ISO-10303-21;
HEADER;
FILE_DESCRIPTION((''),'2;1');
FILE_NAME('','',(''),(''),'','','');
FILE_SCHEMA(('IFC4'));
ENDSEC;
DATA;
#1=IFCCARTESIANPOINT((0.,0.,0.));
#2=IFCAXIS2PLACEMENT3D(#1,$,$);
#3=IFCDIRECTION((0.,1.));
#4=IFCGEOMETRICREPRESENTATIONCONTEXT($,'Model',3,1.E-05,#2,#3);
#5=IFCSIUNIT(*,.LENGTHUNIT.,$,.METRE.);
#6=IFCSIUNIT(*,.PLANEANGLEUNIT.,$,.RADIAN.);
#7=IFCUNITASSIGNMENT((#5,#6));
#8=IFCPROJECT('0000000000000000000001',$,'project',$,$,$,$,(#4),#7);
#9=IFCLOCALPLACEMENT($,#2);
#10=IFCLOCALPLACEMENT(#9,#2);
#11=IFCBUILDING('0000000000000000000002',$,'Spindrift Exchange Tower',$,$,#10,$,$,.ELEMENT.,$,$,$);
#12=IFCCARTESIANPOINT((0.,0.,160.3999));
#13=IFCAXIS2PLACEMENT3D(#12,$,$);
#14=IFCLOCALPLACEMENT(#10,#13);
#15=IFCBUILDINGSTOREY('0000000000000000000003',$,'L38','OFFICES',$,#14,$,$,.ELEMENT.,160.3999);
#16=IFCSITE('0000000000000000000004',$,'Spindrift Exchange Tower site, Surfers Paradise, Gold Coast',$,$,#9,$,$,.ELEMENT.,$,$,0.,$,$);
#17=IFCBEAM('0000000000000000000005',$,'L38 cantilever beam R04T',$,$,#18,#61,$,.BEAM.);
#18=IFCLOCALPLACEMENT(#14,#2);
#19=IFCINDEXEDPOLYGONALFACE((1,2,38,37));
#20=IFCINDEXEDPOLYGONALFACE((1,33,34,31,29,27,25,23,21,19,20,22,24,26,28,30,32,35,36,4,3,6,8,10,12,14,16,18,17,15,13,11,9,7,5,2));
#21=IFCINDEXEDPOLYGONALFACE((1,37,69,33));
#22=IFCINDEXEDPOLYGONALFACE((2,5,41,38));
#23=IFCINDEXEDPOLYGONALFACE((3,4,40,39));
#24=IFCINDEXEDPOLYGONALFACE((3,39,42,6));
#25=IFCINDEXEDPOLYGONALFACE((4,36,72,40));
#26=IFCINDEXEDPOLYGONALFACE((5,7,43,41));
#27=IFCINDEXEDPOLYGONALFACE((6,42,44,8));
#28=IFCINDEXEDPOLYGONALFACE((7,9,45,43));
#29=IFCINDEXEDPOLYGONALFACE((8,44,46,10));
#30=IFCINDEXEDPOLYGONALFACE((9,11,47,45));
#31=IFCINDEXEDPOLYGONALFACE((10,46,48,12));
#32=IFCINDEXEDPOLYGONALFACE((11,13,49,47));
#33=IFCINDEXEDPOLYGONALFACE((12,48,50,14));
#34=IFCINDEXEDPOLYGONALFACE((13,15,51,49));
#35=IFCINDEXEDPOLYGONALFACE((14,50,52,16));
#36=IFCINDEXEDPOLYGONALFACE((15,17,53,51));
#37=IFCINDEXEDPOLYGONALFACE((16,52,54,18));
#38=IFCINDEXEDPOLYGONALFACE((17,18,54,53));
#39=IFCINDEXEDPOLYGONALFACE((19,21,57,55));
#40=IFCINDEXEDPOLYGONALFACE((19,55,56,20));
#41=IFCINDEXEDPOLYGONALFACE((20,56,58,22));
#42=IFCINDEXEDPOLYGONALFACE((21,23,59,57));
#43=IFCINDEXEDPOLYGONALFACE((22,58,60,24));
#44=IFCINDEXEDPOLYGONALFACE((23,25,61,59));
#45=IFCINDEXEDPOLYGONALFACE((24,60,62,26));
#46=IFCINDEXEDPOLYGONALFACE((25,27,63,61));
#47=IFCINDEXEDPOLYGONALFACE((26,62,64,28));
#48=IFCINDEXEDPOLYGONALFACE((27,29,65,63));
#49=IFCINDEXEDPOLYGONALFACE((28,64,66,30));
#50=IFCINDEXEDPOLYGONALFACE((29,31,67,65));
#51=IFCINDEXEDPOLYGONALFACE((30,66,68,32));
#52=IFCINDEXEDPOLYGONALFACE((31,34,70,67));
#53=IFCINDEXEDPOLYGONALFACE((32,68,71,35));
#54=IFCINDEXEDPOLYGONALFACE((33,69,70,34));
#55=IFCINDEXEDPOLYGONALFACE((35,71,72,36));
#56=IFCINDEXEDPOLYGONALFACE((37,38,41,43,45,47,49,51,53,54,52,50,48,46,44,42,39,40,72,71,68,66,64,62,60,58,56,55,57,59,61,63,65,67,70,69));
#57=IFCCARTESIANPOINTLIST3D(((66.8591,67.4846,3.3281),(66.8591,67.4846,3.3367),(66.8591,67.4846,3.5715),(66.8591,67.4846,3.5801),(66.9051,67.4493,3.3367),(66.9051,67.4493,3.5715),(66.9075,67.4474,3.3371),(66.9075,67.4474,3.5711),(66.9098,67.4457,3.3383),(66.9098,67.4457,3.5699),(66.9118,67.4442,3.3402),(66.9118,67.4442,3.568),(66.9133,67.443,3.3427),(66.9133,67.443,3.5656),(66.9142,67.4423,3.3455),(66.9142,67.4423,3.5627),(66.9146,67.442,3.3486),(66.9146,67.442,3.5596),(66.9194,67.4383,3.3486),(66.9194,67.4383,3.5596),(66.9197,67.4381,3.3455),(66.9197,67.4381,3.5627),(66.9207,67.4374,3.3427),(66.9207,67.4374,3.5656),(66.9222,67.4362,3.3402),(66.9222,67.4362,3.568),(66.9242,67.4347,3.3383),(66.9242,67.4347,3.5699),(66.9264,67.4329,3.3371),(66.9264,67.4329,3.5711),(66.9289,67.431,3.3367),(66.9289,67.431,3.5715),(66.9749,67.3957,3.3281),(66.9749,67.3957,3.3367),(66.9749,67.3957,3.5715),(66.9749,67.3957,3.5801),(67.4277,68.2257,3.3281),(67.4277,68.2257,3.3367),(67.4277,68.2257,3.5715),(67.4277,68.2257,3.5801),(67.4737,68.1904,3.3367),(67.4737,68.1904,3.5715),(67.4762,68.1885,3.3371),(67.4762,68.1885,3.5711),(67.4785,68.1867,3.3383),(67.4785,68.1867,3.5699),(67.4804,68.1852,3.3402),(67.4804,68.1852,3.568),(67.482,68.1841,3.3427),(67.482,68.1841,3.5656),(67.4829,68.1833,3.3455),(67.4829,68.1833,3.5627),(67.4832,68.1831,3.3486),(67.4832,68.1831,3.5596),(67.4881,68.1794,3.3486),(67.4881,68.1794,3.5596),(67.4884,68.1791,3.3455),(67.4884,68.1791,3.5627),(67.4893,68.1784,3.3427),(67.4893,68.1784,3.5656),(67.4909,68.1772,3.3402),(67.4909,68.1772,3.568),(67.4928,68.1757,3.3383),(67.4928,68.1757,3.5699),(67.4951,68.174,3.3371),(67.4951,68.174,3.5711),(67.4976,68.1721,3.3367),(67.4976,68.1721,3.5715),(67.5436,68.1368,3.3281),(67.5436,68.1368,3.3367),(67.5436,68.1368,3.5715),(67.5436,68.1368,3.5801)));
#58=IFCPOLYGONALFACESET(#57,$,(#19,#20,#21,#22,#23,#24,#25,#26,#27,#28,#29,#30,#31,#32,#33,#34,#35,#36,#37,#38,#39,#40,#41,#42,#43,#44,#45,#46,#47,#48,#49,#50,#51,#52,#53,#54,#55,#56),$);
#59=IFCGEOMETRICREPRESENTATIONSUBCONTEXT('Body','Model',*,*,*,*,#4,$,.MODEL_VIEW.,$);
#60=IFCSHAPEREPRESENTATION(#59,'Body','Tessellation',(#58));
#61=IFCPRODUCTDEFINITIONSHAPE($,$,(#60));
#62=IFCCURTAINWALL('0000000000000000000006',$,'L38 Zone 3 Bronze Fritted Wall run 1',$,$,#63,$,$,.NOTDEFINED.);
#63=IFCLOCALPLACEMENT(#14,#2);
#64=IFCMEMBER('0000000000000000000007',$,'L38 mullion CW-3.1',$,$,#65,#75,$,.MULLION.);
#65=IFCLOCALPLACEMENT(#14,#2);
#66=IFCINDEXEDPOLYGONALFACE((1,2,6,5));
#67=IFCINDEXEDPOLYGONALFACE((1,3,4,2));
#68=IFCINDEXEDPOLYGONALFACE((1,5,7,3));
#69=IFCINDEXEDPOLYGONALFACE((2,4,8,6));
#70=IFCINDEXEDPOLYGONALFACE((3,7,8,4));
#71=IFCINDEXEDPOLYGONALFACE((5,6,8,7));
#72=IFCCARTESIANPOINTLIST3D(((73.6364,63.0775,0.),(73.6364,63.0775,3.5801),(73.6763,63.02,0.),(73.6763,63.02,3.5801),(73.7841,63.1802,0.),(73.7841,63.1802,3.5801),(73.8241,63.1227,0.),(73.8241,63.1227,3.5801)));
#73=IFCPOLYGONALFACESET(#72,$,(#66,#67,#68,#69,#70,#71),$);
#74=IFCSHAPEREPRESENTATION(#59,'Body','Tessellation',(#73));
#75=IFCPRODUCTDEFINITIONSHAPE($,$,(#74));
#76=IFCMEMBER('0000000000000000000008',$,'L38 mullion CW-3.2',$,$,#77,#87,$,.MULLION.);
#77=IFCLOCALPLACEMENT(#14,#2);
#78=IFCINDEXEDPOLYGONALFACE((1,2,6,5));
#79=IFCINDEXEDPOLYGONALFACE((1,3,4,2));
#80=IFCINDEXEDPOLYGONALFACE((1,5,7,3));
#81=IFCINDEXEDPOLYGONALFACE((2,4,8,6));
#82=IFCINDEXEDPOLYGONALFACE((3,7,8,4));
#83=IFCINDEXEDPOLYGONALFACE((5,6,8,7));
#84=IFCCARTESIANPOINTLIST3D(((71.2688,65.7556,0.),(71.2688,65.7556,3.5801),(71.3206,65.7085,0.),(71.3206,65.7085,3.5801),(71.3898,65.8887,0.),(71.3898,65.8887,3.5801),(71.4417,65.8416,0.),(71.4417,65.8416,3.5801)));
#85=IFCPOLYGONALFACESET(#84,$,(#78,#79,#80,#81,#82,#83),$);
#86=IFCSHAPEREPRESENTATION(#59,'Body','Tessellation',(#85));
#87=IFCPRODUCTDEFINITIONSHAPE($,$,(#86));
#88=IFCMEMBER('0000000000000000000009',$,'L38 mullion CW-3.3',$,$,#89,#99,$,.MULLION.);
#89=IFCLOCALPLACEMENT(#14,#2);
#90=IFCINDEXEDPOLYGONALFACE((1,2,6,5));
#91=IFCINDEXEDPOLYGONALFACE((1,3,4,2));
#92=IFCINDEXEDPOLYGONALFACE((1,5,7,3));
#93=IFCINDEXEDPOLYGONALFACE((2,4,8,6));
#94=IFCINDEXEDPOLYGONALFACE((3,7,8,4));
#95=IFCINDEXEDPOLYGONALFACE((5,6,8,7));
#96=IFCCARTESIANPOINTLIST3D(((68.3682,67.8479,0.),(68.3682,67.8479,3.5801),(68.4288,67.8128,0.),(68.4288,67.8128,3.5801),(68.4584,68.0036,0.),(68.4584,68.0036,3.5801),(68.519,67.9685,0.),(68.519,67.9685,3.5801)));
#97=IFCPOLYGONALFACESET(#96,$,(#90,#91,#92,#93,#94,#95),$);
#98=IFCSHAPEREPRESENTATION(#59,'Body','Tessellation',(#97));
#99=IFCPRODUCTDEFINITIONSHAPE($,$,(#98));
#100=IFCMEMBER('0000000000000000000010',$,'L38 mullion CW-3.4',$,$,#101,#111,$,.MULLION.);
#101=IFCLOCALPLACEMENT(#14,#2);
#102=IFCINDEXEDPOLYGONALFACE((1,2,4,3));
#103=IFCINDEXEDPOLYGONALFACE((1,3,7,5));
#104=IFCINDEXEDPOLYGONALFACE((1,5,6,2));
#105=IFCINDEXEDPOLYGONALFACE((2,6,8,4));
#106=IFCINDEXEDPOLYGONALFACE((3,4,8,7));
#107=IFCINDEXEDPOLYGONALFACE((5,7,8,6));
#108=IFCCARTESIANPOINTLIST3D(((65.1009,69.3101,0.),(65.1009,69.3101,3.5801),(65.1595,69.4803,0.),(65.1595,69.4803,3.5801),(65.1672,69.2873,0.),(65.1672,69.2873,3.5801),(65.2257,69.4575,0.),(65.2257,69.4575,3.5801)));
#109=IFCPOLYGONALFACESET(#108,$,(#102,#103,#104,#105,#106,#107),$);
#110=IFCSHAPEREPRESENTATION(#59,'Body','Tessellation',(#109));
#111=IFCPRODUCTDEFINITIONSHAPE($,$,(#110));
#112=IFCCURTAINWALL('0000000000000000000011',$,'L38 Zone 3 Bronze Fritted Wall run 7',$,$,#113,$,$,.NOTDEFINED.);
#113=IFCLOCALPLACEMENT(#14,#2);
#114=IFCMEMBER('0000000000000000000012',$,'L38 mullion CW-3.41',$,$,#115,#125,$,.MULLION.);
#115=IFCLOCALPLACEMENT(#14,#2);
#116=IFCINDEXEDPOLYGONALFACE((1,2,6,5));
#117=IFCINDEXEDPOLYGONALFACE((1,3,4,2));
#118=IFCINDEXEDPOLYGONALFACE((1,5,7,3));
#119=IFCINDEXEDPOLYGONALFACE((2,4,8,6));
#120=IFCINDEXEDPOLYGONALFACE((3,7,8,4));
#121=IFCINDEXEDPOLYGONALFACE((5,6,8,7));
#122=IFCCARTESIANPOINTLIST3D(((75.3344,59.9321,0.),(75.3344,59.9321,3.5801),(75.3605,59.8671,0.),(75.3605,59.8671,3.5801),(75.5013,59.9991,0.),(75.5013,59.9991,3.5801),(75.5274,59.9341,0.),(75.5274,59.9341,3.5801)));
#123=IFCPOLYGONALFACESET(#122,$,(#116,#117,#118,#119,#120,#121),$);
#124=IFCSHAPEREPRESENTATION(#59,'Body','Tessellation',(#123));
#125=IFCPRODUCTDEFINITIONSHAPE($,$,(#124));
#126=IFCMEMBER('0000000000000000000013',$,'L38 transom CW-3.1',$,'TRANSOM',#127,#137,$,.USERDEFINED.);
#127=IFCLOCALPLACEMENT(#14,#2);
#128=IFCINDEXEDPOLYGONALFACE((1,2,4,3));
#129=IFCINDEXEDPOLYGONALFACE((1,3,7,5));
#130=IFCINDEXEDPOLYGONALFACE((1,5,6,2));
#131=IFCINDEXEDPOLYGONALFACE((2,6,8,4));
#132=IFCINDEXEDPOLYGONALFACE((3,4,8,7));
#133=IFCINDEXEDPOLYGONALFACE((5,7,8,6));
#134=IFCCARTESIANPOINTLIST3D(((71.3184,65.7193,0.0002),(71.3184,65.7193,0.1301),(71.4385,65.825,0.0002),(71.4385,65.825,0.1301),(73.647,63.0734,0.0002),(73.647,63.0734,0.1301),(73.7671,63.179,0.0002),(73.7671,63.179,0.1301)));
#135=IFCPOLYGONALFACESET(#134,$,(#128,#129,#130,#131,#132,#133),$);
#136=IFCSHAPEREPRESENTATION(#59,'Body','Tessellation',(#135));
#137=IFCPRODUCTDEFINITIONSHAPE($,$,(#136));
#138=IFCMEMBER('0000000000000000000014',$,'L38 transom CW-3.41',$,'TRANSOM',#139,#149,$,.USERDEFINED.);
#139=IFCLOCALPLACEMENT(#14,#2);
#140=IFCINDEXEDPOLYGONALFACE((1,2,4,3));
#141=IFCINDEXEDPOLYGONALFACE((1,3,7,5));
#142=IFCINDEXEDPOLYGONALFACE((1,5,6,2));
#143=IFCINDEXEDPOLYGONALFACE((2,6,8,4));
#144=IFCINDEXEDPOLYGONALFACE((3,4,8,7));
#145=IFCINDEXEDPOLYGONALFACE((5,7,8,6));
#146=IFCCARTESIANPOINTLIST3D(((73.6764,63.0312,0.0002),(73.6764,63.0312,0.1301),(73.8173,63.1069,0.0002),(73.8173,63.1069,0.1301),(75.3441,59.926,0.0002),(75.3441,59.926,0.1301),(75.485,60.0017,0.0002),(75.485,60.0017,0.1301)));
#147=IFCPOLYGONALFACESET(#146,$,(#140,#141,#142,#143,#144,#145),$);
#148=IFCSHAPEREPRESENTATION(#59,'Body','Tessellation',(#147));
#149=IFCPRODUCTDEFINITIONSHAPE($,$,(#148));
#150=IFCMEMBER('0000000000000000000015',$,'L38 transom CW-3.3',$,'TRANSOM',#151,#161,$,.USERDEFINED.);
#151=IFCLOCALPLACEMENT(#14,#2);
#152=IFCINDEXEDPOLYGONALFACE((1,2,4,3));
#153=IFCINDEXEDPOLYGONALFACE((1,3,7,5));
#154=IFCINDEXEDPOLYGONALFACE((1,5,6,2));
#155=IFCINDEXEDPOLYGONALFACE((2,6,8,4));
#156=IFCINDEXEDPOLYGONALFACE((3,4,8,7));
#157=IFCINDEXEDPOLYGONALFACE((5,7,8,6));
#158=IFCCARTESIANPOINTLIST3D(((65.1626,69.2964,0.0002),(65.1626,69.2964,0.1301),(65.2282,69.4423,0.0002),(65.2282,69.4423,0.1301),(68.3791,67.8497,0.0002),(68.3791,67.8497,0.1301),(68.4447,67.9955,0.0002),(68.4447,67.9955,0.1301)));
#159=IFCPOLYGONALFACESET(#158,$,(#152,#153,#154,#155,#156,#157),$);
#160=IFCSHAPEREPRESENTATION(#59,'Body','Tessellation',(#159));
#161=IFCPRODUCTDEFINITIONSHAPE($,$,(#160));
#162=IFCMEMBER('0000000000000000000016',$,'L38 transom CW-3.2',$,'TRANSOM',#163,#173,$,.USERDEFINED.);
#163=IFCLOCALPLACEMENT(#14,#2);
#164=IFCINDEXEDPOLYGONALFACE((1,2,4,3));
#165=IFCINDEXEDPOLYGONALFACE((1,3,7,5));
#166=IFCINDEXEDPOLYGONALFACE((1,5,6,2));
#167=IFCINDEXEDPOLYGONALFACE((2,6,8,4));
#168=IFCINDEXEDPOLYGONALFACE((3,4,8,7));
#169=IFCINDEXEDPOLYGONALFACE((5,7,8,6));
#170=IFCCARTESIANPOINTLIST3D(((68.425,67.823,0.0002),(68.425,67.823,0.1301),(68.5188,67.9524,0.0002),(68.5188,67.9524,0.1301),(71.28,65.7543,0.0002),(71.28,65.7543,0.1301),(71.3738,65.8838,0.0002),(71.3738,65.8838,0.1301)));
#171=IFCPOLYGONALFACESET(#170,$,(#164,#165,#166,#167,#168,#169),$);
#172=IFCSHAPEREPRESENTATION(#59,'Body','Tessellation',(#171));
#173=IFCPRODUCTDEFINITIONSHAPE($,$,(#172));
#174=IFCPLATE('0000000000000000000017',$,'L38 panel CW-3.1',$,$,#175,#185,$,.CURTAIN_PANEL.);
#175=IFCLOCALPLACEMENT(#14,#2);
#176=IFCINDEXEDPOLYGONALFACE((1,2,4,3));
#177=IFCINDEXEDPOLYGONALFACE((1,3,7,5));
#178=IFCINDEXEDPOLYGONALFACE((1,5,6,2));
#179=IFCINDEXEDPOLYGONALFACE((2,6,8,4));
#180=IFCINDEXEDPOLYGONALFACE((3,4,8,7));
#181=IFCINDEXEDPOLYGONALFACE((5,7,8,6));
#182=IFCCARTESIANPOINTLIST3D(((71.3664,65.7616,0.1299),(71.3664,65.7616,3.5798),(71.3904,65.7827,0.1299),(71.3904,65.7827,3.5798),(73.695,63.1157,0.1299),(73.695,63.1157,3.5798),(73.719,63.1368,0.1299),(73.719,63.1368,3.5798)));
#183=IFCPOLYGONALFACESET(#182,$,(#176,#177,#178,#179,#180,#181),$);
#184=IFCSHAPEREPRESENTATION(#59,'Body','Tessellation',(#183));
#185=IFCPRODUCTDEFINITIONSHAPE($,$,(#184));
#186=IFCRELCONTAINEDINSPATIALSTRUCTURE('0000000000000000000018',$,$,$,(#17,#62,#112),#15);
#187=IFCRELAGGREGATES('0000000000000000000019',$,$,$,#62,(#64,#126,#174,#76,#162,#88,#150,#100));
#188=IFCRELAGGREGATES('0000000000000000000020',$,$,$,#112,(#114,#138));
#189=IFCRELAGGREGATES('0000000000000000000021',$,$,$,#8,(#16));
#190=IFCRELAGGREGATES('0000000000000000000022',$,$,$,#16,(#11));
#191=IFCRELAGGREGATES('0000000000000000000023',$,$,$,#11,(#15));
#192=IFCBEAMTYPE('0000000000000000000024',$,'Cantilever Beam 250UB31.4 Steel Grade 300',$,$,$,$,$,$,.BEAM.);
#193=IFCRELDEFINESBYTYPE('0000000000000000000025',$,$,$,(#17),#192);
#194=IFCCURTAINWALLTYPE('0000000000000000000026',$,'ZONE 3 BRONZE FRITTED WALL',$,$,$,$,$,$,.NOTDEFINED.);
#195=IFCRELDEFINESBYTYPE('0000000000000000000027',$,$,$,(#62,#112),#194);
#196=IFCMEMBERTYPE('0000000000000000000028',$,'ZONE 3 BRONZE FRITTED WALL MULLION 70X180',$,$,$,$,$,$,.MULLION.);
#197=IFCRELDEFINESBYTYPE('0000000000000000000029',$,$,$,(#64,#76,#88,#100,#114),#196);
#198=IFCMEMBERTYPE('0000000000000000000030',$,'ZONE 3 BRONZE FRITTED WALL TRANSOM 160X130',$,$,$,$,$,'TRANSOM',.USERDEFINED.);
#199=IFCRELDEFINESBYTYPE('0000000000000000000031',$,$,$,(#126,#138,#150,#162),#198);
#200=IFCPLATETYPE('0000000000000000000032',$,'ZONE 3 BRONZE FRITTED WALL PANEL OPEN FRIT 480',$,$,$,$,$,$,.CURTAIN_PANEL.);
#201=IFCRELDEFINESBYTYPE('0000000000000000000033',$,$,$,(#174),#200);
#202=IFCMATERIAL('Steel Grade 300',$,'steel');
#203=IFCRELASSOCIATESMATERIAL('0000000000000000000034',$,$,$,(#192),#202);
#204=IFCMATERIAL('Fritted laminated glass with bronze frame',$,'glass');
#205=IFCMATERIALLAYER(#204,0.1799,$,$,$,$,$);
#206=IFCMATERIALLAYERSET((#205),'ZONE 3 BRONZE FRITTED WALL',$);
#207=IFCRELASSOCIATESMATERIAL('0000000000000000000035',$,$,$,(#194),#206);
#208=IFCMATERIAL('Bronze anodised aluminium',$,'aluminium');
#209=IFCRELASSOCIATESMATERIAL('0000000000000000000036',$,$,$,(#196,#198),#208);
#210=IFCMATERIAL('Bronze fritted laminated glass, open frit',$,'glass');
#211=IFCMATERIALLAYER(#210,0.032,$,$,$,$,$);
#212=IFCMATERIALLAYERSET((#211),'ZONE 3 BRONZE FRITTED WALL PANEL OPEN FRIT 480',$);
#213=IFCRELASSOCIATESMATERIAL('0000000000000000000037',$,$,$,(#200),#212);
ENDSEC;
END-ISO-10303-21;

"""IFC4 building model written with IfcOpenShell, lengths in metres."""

from ifc_helpers import new_model, si_unit, direction, frame, origin, origin_2d, place, context, subcontext, project, spatial, rectangle, i_section, extrude, source, transform, mapped, material, layer, layer_set, material_profile, profile_set, type_object, element, aggregate, save


model = new_model("IFC4")

# Units and contexts
model_context = context("Model", 3, precision=1e-05, world=origin(), true_north=direction((0.0, 1.0)))
body_context = subcontext(model_context, "Body", "Model", "MODEL_VIEW")
ifc_project = project(units=[si_unit("LENGTHUNIT", "METRE"), si_unit("PLANEANGLEUNIT", "RADIAN")], contexts=[model_context])

# Site, building, storey
site_placement = place(None, origin())
site = spatial("IfcSite", under=ifc_project, at=site_placement, Name="Spindrift Exchange Tower site, Surfers Paradise, Gold Coast", CompositionType="ELEMENT", RefElevation=0.0)
building_placement = place(site_placement, origin())
building = spatial("IfcBuilding", under=site, at=building_placement, Name="Spindrift Exchange Tower", CompositionType="ELEMENT")
storey_placement = place(building_placement, frame((0.0, 0.0, 160.3999)))
storey = spatial("IfcBuildingStorey", under=building, at=storey_placement, Name="L38", Description="OFFICES", CompositionType="ELEMENT", Elevation=160.3999)

# Beam
ifc_material_1 = material(Name="Steel Grade 300", Category="steel")
ifc_material_profile_1 = material_profile(ifc_material_1, i_section(OverallWidth=0.146, OverallDepth=0.252, WebThickness=0.0061, FlangeThickness=0.0085, FilletRadius=0.012, at=origin_2d()), Name="250UB31.4")
ifc_profile_set_1 = profile_set([ifc_material_profile_1], Name="Steel Grade 300")
beam_type_1 = type_object("IfcBeamType", Name="Cantilever Beam 250UB31.4 Steel Grade 300", PredefinedType="BEAM", material=ifc_profile_set_1)
shared_shape_1 = source(origin(), body_context, "Body", "SweptSolid", [
    extrude(i_section(OverallWidth=0.146, OverallDepth=0.252, WebThickness=0.0061, FlangeThickness=0.0085, FilletRadius=0.012, at=origin_2d()), origin(), (0.0, 0.0, 1.0), 0.9341),
])
beam_1_placement = place(storey_placement, frame((66.917, 67.4402, 3.4541), z_axis=(0.608788, 0.793333, 0.0), x_axis=(-0.793333, 0.608788, 0.0)))
element("IfcBeam", 1, at=beam_1_placement, inside=storey, type_object=beam_type_1, Name="L38 cantilever beam R04T", PredefinedType="BEAM", context=body_context, shape_type="MappedRepresentation", body=[
    mapped(shared_shape_1, transform((0.0, 0.0, 0.0), scale=1.0)),
])

# Curtain wall, members
ifc_material_2 = material(Name="Fritted laminated glass with bronze frame", Category="glass")
ifc_layer_1 = layer(ifc_material_2, 0.1799)
ifc_layer_set_1 = layer_set([ifc_layer_1], Name="ZONE 3 BRONZE FRITTED WALL")
curtain_wall_type = type_object("IfcCurtainWallType", Name="ZONE 3 BRONZE FRITTED WALL", PredefinedType="NOTDEFINED", material=ifc_layer_set_1)
curtain_wall_1_placement = place(storey_placement, origin())
curtain_wall_1 = element("IfcCurtainWall", 2, at=curtain_wall_1_placement, inside=storey, type_object=curtain_wall_type, Name="L38 Zone 3 Bronze Fritted Wall run 1", PredefinedType="NOTDEFINED")
ifc_material_3 = material(Name="Bronze anodised aluminium", Category="aluminium")
ifc_material_profile_2 = material_profile(ifc_material_3, rectangle(XDim=0.0701, YDim=0.1799, at=origin_2d()), Name="ZONE 3 BRONZE FRITTED WALL MULLION 70X180")
ifc_profile_set_2 = profile_set([ifc_material_profile_2], Name="Bronze anodised aluminium")
member_type_1 = type_object("IfcMemberType", Name="ZONE 3 BRONZE FRITTED WALL MULLION 70X180", PredefinedType="MULLION", material=ifc_profile_set_2)
shared_shape_2 = source(origin(), body_context, "Body", "SweptSolid", [
    extrude(rectangle(XDim=0.0701, YDim=0.1799, at=origin_2d()), origin(), (0.0, 0.0, 1.0), 3.5801),
])
member_1_placement = place(storey_placement, frame((73.7302, 63.1001, 0.0), z_axis=(0.0, 0.0, 1.0), x_axis=(-0.570627, 0.821209, 0.0)))
member_1 = element("IfcMember", 3, at=member_1_placement, type_object=member_type_1, Name="L38 mullion CW-3.1", PredefinedType="MULLION", context=body_context, shape_type="MappedRepresentation", body=[
    mapped(shared_shape_2, transform((0.0, 0.0, 0.0), scale=1.0)),
])
member_2_placement = place(storey_placement, frame((71.3552, 65.7986, 0.0), z_axis=(0.0, 0.0, 1.0), x_axis=(-0.739764, 0.672867, 0.0)))
member_2 = element("IfcMember", 4, at=member_2_placement, type_object=member_type_1, Name="L38 mullion CW-3.2", PredefinedType="MULLION", context=body_context, shape_type="MappedRepresentation", body=[
    mapped(shared_shape_2, transform((0.0, 0.0, 0.0), scale=1.0)),
])
member_3_placement = place(storey_placement, frame((68.4436, 67.9082, 0.0), z_axis=(0.0, 0.0, 1.0), x_axis=(-0.865395, 0.501089, 0.0)))
member_3 = element("IfcMember", 5, at=member_3_placement, type_object=member_type_1, Name="L38 mullion CW-3.3", PredefinedType="MULLION", context=body_context, shape_type="MappedRepresentation", body=[
    mapped(shared_shape_2, transform((0.0, 0.0, 0.0), scale=1.0)),
])
member_4_placement = place(storey_placement, frame((65.1633, 69.3838, 0.0), z_axis=(0.0, 0.0, 1.0), x_axis=(-0.945555, 0.325464, 0.0)))
member_4 = element("IfcMember", 6, at=member_4_placement, type_object=member_type_1, Name="L38 mullion CW-3.4", PredefinedType="MULLION", context=body_context, shape_type="MappedRepresentation", body=[
    mapped(shared_shape_2, transform((0.0, 0.0, 0.0), scale=1.0)),
])

# Curtain wall, member
curtain_wall_2_placement = place(storey_placement, origin())
curtain_wall_2 = element("IfcCurtainWall", 7, at=curtain_wall_2_placement, inside=storey, type_object=curtain_wall_type, Name="L38 Zone 3 Bronze Fritted Wall run 7", PredefinedType="NOTDEFINED")
member_5_placement = place(storey_placement, frame((75.4309, 59.9331, 0.0), z_axis=(0.0, 0.0, 1.0), x_axis=(-0.372632, 0.927979, 0.0)))
member_5 = element("IfcMember", 8, at=member_5_placement, type_object=member_type_1, Name="L38 mullion CW-3.41", PredefinedType="MULLION", context=body_context, shape_type="MappedRepresentation", body=[
    mapped(shared_shape_2, transform((0.0, 0.0, 0.0), scale=1.0)),
])

# Members
ifc_material_profile_3 = material_profile(ifc_material_3, rectangle(XDim=0.1599, YDim=0.1299, at=origin_2d()), Name="ZONE 3 BRONZE FRITTED WALL TRANSOM 160X130")
ifc_profile_set_3 = profile_set([ifc_material_profile_3], Name="Bronze anodised aluminium")
member_type_2 = type_object("IfcMemberType", Name="ZONE 3 BRONZE FRITTED WALL TRANSOM 160X130", ElementType="TRANSOM", PredefinedType="USERDEFINED", material=ifc_profile_set_3)
shared_shape_3 = source(origin(), body_context, "Body", "SweptSolid", [
    extrude(rectangle(XDim=0.1599, YDim=0.1299, at=origin_2d()), origin(), (0.0, 0.0, 1.0), 3.5247),
])
member_6_placement = place(storey_placement, frame((73.707, 63.1262, 0.0652), z_axis=(-0.66065, 0.750694, 0.0), x_axis=(-0.750694, -0.66065, 0.0)))
member_6 = element("IfcMember", 9, at=member_6_placement, type_object=member_type_2, Name="L38 transom CW-3.1", ObjectType="TRANSOM", PredefinedType="USERDEFINED", context=body_context, shape_type="MappedRepresentation", body=[
    mapped(shared_shape_3, transform((0.0, 0.0, 0.0), scale=1.0)),
])
member_7_placement = place(storey_placement, frame((75.4146, 59.9639, 0.0652), z_axis=(-0.47315, 0.880982, 0.0), x_axis=(-0.880982, -0.47315, 0.0)))
member_7 = element("IfcMember", 10, at=member_7_placement, type_object=member_type_2, Name="L38 transom CW-3.41", ObjectType="TRANSOM", PredefinedType="USERDEFINED", context=body_context, shape_type="MappedRepresentation", body=[
    mapped(shared_shape_3, transform((0.0, 0.0, 0.0), scale=1.0)),
])
shared_shape_4 = source(origin(), body_context, "Body", "SweptSolid", [
    extrude(rectangle(XDim=0.1599, YDim=0.1299, at=origin_2d()), origin(), (0.0, 0.0, 1.0), 3.5269),
])
member_8_placement = place(storey_placement, frame((68.4119, 67.9226, 0.0652), z_axis=(-0.911993, 0.410206, 0.0), x_axis=(-0.410206, -0.911993, 0.0)))
member_8 = element("IfcMember", 11, at=member_8_placement, type_object=member_type_2, Name="L38 transom CW-3.3", ObjectType="TRANSOM", PredefinedType="USERDEFINED", context=body_context, shape_type="MappedRepresentation", body=[
    mapped(shared_shape_4, transform((0.0, 0.0, 0.0), scale=1.0)),
])
shared_shape_5 = source(origin(), body_context, "Body", "SweptSolid", [
    extrude(rectangle(XDim=0.1599, YDim=0.1299, at=origin_2d()), origin(), (0.0, 0.0, 1.0), 3.5256),
])
member_9_placement = place(storey_placement, frame((71.3269, 65.8191, 0.0652), z_axis=(-0.80978, 0.586734, 0.0), x_axis=(-0.586734, -0.80978, 0.0)))
member_9 = element("IfcMember", 12, at=member_9_placement, type_object=member_type_2, Name="L38 transom CW-3.2", ObjectType="TRANSOM", PredefinedType="USERDEFINED", context=body_context, shape_type="MappedRepresentation", body=[
    mapped(shared_shape_5, transform((0.0, 0.0, 0.0), scale=1.0)),
])

# Plate
ifc_material_4 = material(Name="Bronze fritted laminated glass, open frit", Category="glass")
ifc_layer_2 = layer(ifc_material_4, 0.032)
ifc_layer_set_2 = layer_set([ifc_layer_2], Name="ZONE 3 BRONZE FRITTED WALL PANEL OPEN FRIT 480")
plate_type_1 = type_object("IfcPlateType", Name="ZONE 3 BRONZE FRITTED WALL PANEL OPEN FRIT 480", PredefinedType="CURTAIN_PANEL", material=ifc_layer_set_2)
shared_shape_6 = source(origin(), body_context, "Body", "SweptSolid", [
    extrude(rectangle(XDim=3.5247, YDim=0.032, at=origin_2d()), origin(), (0.0, 0.0, 1.0), 3.45),
])
plate_1_placement = place(storey_placement, frame((72.5427, 64.4492, 0.1299), z_axis=(0.0, 0.0, 1.0), x_axis=(-0.660662, 0.750683, 0.0)))
plate_1 = element("IfcPlate", 13, at=plate_1_placement, type_object=plate_type_1, Name="L38 panel CW-3.1", PredefinedType="CURTAIN_PANEL", context=body_context, shape_type="MappedRepresentation", body=[
    mapped(shared_shape_6, transform((0.0, 0.0, 0.0), scale=1.0)),
])
aggregate(curtain_wall_1, [member_1, member_6, plate_1, member_2, member_9, member_3, member_8, member_4])
aggregate(curtain_wall_2, [member_5, member_7])

save(model, "model.ifc")
